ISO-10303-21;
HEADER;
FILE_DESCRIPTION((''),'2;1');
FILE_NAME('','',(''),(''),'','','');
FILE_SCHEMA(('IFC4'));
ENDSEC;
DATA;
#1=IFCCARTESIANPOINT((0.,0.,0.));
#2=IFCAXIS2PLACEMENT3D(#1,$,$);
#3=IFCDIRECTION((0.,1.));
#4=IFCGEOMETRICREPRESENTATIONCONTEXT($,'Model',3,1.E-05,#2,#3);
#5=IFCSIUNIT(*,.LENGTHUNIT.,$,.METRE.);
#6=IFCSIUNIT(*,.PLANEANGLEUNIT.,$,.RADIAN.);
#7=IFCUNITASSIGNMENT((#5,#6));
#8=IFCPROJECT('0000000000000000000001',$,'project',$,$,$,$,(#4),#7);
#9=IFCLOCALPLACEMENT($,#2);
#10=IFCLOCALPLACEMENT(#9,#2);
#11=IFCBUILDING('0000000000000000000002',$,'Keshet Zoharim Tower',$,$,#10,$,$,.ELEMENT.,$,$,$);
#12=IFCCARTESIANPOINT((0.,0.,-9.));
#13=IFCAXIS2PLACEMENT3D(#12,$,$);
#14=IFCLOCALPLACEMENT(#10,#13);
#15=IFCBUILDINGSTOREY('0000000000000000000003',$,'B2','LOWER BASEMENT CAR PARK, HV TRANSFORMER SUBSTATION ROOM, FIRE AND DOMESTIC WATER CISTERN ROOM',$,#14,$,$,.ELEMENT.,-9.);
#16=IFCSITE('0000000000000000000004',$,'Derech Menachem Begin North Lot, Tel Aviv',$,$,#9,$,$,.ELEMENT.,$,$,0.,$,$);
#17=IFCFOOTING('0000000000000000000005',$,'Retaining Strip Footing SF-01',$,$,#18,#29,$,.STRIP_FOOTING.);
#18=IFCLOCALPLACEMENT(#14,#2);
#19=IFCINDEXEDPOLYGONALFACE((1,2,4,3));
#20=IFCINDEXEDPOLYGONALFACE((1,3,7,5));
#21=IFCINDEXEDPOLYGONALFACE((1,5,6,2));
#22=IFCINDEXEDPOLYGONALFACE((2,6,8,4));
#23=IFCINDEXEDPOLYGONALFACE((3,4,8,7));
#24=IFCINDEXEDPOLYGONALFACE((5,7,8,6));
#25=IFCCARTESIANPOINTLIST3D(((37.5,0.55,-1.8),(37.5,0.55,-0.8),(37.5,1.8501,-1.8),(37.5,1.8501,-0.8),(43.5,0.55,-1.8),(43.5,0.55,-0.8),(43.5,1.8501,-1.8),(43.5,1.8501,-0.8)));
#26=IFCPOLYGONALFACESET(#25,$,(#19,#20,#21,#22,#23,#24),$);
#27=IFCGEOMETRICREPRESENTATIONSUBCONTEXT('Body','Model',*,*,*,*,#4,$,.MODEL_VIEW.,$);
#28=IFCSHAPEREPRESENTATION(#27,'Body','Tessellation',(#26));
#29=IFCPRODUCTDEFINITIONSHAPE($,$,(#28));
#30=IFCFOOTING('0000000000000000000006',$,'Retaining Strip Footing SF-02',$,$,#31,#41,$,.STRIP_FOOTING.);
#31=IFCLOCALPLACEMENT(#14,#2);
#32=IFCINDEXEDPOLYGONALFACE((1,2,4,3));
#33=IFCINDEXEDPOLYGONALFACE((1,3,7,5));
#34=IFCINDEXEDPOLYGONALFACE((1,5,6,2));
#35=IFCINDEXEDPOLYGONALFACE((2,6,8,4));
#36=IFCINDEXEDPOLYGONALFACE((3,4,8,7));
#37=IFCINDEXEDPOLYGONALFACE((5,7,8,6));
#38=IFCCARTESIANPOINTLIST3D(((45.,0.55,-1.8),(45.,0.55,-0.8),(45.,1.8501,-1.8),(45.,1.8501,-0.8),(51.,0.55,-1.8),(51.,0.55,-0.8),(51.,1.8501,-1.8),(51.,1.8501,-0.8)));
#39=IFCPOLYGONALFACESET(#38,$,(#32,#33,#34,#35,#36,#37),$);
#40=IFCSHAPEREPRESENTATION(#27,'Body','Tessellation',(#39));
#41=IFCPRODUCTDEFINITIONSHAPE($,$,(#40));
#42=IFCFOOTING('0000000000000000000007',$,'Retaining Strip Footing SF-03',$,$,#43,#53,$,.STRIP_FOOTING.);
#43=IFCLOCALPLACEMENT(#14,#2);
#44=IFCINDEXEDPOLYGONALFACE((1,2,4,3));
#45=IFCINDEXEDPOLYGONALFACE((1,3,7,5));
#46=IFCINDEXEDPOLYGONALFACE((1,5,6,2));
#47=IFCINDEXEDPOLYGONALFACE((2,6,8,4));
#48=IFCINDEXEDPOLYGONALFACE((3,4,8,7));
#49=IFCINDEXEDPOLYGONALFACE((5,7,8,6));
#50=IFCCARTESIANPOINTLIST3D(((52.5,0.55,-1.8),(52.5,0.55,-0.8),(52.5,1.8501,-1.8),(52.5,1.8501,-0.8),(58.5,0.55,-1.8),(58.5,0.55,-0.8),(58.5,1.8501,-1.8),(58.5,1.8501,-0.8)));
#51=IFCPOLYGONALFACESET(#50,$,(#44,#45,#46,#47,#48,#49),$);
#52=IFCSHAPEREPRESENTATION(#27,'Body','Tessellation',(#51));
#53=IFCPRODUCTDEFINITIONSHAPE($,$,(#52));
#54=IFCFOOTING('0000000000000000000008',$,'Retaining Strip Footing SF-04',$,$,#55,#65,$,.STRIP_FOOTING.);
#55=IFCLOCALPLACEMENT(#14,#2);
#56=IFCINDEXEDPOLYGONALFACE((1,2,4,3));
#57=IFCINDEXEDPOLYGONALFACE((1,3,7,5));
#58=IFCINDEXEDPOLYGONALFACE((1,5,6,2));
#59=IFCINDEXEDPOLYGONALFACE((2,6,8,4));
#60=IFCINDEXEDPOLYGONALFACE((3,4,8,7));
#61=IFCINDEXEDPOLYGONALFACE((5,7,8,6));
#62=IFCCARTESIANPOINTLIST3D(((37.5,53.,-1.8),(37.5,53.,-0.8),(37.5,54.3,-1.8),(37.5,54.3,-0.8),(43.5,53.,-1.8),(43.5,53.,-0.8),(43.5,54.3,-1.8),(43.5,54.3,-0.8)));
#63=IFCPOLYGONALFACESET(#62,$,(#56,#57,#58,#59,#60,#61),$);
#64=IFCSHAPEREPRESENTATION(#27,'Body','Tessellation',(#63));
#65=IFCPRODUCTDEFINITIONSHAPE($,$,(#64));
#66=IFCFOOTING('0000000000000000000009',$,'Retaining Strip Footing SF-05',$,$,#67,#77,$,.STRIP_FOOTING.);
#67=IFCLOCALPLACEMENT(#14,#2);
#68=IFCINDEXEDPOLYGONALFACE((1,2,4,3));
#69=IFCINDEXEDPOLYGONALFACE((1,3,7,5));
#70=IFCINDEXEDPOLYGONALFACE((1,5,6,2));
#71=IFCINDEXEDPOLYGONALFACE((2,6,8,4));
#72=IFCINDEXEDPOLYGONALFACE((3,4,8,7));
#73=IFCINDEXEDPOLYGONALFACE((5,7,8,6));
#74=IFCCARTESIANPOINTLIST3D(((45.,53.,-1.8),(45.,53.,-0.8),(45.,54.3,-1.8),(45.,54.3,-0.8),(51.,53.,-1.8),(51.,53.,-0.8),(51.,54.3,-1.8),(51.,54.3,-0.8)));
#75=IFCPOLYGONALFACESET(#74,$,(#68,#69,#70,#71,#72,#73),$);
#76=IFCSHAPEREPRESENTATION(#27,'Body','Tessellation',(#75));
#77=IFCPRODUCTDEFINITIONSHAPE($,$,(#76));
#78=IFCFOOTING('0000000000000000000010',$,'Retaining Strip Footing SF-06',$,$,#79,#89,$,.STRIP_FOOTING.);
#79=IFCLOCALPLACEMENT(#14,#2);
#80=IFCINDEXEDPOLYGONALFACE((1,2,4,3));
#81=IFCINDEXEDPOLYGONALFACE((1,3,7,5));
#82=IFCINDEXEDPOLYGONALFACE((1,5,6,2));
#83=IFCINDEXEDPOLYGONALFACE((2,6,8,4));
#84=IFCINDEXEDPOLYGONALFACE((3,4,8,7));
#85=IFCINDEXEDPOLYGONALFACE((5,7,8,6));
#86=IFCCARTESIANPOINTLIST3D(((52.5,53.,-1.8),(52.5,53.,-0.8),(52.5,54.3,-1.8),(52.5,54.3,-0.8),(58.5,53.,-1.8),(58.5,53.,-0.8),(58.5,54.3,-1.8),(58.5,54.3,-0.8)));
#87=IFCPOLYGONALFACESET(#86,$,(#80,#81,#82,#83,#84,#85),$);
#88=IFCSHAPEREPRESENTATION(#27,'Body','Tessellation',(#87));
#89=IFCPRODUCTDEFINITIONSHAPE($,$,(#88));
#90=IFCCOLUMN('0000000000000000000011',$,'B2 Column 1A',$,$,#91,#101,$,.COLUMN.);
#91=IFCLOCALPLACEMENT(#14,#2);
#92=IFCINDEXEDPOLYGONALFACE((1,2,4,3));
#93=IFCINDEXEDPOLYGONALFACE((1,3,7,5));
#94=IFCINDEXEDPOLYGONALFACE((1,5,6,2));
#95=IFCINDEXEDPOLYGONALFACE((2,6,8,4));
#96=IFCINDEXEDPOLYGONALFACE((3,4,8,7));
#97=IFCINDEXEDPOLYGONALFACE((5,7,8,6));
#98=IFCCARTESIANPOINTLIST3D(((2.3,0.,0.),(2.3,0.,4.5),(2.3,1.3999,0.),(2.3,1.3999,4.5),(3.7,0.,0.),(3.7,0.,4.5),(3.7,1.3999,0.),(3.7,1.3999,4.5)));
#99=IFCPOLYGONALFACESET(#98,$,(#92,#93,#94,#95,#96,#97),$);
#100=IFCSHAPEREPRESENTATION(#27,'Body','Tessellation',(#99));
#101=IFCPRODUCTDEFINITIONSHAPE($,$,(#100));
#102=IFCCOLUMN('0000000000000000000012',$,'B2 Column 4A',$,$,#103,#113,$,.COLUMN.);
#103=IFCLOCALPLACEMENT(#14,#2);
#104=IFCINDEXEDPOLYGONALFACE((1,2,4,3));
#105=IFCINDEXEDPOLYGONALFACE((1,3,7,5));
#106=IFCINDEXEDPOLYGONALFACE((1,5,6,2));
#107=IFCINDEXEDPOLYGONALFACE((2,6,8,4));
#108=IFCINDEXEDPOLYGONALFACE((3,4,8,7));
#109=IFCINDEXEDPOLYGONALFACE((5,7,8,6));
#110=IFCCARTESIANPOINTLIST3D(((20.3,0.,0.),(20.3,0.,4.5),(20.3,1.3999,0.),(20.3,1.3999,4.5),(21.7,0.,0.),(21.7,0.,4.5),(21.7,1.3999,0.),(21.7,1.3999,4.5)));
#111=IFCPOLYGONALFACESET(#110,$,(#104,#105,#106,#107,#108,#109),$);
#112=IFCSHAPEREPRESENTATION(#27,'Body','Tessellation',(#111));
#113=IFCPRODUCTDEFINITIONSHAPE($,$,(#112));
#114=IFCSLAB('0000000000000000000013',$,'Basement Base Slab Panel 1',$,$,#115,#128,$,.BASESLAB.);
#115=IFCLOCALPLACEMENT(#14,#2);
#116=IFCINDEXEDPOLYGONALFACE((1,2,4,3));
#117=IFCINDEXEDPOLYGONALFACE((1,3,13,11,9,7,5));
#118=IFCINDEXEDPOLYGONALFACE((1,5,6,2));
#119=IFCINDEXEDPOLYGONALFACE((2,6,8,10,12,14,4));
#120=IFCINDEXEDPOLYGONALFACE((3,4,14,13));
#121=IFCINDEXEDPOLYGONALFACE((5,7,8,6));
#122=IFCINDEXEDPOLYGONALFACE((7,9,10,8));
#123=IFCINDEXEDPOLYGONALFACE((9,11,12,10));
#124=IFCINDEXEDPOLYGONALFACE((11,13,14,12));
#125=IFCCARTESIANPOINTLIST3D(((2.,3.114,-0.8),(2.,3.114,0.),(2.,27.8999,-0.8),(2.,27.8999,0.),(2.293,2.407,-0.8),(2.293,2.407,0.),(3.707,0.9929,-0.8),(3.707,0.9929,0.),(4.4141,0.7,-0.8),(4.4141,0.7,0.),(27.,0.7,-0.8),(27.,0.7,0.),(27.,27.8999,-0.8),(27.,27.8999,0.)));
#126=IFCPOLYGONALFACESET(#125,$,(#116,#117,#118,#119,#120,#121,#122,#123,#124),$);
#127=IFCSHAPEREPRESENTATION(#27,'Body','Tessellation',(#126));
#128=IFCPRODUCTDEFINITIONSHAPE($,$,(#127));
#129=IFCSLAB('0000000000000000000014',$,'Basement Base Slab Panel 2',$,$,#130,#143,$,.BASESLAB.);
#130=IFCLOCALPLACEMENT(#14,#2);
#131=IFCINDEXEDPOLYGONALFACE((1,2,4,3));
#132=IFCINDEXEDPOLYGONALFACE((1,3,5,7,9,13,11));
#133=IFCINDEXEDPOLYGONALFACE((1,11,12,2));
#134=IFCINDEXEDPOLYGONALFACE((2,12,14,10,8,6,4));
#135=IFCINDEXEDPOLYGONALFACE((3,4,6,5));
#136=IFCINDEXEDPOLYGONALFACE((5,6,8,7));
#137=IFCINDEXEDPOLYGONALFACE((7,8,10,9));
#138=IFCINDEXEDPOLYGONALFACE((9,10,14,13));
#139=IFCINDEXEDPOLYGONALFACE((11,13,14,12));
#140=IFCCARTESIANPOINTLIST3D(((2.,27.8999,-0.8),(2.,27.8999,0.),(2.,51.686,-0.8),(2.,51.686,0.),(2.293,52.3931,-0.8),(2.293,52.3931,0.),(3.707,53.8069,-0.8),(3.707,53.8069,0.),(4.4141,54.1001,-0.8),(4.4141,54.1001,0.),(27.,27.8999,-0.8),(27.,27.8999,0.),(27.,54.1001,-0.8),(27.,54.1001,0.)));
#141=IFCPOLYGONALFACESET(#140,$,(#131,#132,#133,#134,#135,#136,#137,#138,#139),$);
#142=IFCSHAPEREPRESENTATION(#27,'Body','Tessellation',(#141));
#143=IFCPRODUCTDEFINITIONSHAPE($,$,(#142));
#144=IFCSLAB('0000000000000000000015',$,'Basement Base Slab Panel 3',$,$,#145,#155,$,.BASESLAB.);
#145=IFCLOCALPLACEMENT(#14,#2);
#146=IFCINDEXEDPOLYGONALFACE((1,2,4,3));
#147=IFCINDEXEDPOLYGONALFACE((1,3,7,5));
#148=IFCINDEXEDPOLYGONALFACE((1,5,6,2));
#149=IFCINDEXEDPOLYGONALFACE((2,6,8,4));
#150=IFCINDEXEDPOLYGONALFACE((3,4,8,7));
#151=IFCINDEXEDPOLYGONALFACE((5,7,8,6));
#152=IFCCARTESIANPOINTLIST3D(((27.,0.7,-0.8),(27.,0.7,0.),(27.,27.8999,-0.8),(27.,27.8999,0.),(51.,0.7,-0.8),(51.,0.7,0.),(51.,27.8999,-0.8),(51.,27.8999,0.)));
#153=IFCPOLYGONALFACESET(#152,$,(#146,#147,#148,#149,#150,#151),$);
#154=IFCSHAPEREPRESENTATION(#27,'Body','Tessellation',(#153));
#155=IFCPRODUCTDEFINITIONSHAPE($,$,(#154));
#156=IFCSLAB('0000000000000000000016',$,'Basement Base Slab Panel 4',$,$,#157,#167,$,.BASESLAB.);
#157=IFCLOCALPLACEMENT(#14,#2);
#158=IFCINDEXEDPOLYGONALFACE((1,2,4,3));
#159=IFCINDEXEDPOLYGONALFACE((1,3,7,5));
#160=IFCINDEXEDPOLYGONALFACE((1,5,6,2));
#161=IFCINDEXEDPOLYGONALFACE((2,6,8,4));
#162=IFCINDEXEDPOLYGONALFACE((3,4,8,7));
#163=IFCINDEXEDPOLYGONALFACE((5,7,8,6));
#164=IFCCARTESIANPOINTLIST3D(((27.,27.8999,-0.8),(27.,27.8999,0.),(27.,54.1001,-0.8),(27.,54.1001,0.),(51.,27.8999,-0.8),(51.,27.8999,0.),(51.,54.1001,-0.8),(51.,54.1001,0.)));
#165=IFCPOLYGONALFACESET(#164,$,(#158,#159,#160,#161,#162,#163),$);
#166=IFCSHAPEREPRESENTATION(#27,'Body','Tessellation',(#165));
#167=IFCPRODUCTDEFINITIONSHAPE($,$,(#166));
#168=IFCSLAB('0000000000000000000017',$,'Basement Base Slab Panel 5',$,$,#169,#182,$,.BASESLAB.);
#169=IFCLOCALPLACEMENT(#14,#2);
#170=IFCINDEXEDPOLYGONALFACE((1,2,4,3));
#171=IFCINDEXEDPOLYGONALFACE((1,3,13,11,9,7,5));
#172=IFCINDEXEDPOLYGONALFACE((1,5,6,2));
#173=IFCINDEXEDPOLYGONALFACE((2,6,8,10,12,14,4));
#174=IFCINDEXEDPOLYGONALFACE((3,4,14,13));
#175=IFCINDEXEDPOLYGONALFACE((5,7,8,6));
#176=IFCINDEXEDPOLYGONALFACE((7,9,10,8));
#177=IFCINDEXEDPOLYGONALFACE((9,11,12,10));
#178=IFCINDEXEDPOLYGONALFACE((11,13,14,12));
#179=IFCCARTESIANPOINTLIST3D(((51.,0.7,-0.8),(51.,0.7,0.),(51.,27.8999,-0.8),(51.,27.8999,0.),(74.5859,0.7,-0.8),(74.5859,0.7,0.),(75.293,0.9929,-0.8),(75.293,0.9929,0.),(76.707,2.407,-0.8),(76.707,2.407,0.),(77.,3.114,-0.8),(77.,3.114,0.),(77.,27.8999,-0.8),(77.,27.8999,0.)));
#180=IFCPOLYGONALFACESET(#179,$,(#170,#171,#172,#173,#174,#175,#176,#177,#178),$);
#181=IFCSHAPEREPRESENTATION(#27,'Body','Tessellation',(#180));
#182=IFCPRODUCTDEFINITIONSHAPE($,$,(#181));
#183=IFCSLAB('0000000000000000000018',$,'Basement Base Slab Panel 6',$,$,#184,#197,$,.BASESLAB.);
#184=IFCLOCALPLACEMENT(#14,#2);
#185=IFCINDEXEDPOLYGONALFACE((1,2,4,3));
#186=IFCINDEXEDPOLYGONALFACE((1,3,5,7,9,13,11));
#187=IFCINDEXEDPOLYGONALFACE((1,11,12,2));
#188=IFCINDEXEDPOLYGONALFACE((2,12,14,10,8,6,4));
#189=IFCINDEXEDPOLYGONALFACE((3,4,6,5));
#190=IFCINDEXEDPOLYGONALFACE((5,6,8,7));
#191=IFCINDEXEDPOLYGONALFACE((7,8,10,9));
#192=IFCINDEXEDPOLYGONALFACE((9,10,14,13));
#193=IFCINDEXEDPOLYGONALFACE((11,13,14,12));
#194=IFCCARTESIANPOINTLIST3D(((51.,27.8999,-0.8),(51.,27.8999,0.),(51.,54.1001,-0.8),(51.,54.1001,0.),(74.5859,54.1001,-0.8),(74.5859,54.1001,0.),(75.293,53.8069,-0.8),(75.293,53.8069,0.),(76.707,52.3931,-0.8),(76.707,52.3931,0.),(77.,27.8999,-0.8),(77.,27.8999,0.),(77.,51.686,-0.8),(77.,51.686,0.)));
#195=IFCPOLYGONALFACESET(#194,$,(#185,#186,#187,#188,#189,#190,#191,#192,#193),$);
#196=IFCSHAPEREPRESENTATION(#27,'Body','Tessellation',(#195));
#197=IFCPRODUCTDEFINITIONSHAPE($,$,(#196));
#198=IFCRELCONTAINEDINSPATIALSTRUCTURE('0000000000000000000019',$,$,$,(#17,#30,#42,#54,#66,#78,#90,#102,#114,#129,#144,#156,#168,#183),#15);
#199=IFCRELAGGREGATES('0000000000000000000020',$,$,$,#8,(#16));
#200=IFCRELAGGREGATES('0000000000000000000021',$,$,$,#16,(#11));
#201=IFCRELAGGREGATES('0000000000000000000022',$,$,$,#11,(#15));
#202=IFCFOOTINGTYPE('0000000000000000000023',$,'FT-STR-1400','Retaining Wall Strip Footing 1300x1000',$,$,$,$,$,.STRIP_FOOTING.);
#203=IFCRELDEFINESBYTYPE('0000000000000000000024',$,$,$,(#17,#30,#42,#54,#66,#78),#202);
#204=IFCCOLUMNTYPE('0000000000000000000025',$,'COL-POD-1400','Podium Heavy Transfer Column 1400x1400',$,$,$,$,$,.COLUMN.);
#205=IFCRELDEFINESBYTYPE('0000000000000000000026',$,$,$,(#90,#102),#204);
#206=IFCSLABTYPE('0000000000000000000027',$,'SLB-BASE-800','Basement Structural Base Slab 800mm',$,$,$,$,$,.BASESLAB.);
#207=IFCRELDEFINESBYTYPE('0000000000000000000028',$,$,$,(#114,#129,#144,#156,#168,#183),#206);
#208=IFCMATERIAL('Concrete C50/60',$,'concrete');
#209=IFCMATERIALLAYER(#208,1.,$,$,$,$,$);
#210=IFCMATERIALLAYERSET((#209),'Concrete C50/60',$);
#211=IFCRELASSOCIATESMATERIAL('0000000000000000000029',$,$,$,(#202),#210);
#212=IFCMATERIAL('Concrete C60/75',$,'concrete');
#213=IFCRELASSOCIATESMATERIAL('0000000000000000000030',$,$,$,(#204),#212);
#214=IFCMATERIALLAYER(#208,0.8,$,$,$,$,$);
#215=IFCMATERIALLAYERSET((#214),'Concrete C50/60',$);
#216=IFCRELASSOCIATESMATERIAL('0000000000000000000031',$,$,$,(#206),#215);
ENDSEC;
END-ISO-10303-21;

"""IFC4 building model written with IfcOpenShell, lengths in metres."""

from ifc_helpers import new_model, si_unit, direction, frame, origin, origin_2d, place, context, subcontext, project, spatial, polyline, rectangle, outline, extrude, material, layer, layer_set, material_profile, profile_set, type_object, element, save


model = new_model("IFC4")

# Units and contexts
model_context = context("Model", 3, precision=1e-05, world=origin(), true_north=direction((0.0, 1.0)))
body_context = subcontext(model_context, "Body", "Model", "MODEL_VIEW")
ifc_project = project(units=[si_unit("LENGTHUNIT", "METRE"), si_unit("PLANEANGLEUNIT", "RADIAN")], contexts=[model_context])

# Site, building, storey
site_placement = place(None, origin())
site = spatial("IfcSite", under=ifc_project, at=site_placement, Name="Derech Menachem Begin North Lot, Tel Aviv", CompositionType="ELEMENT", RefElevation=0.0)
building_placement = place(site_placement, origin())
building = spatial("IfcBuilding", under=site, at=building_placement, Name="Keshet Zoharim Tower", CompositionType="ELEMENT")
storey_placement = place(building_placement, frame((0.0, 0.0, -9.0)))
storey = spatial("IfcBuildingStorey", under=building, at=storey_placement, Name="B2", Description="LOWER BASEMENT CAR PARK, HV TRANSFORMER SUBSTATION ROOM, FIRE AND DOMESTIC WATER CISTERN ROOM", CompositionType="ELEMENT", Elevation=-9.0)

# Footings
ifc_material_1 = material(Name="Concrete C50/60", Category="concrete")
ifc_layer_1 = layer(ifc_material_1, 1.0)
ifc_layer_set_1 = layer_set([ifc_layer_1], Name="Concrete C50/60")
footing_type_1 = type_object("IfcFootingType", Name="FT-STR-1400", Description="Retaining Wall Strip Footing 1300x1000", PredefinedType="STRIP_FOOTING", material=ifc_layer_set_1)
footing_1_placement = place(storey_placement, frame((0.0, 0.0, -1.8)))
element("IfcFooting", 1, at=footing_1_placement, inside=storey, type_object=footing_type_1, Name="Retaining Strip Footing SF-01", PredefinedType="STRIP_FOOTING", context=body_context, shape_type="SweptSolid", body=[
    extrude(outline(polyline([(37.5, 0.55), (43.5, 0.55), (43.5, 1.8501), (37.5, 1.8501), (37.5, 0.55)])), origin(), (0.0, 0.0, 1.0), 1.0),
])
footing_2_placement = place(storey_placement, frame((0.0, 0.0, -1.8)))
element("IfcFooting", 2, at=footing_2_placement, inside=storey, type_object=footing_type_1, Name="Retaining Strip Footing SF-02", PredefinedType="STRIP_FOOTING", context=body_context, shape_type="SweptSolid", body=[
    extrude(outline(polyline([(45.0, 0.55), (51.0, 0.55), (51.0, 1.8501), (45.0, 1.8501), (45.0, 0.55)])), origin(), (0.0, 0.0, 1.0), 1.0),
])
footing_3_placement = place(storey_placement, frame((0.0, 0.0, -1.8)))
element("IfcFooting", 3, at=footing_3_placement, inside=storey, type_object=footing_type_1, Name="Retaining Strip Footing SF-03", PredefinedType="STRIP_FOOTING", context=body_context, shape_type="SweptSolid", body=[
    extrude(outline(polyline([(52.5, 0.55), (58.5, 0.55), (58.5, 1.8501), (52.5, 1.8501), (52.5, 0.55)])), origin(), (0.0, 0.0, 1.0), 1.0),
])
footing_4_placement = place(storey_placement, frame((0.0, 0.0, -1.8)))
element("IfcFooting", 4, at=footing_4_placement, inside=storey, type_object=footing_type_1, Name="Retaining Strip Footing SF-04", PredefinedType="STRIP_FOOTING", context=body_context, shape_type="SweptSolid", body=[
    extrude(outline(polyline([(37.5, 53.0), (43.5, 53.0), (43.5, 54.3), (37.5, 54.3), (37.5, 53.0)])), origin(), (0.0, 0.0, 1.0), 1.0),
])
footing_5_placement = place(storey_placement, frame((0.0, 0.0, -1.8)))
element("IfcFooting", 5, at=footing_5_placement, inside=storey, type_object=footing_type_1, Name="Retaining Strip Footing SF-05", PredefinedType="STRIP_FOOTING", context=body_context, shape_type="SweptSolid", body=[
    extrude(outline(polyline([(45.0, 53.0), (51.0, 53.0), (51.0, 54.3), (45.0, 54.3), (45.0, 53.0)])), origin(), (0.0, 0.0, 1.0), 1.0),
])
footing_6_placement = place(storey_placement, frame((0.0, 0.0, -1.8)))
element("IfcFooting", 6, at=footing_6_placement, inside=storey, type_object=footing_type_1, Name="Retaining Strip Footing SF-06", PredefinedType="STRIP_FOOTING", context=body_context, shape_type="SweptSolid", body=[
    extrude(outline(polyline([(52.5, 53.0), (58.5, 53.0), (58.5, 54.3), (52.5, 54.3), (52.5, 53.0)])), origin(), (0.0, 0.0, 1.0), 1.0),
])

# Columns
ifc_material_2 = material(Name="Concrete C60/75", Category="concrete")
ifc_material_profile = material_profile(ifc_material_2, rectangle(XDim=1.3999, YDim=1.3999, at=origin_2d()), Name="RC1400x1400")
ifc_profile_set = profile_set([ifc_material_profile], Name="Concrete C60/75")
column_type = type_object("IfcColumnType", Name="COL-POD-1400", Description="Podium Heavy Transfer Column 1400x1400", PredefinedType="COLUMN", material=ifc_profile_set)
for number, where, z_axis, x_axis, name in (
    (7, (3.0, 0.7, 0.0), (0.0, 0.0, 1.0), (1.0, 0.0, 0.0), "B2 Column 1A"),
    (8, (21.0, 0.7, 0.0), (0.0, 0.0, 1.0), (1.0, 0.0, 0.0), "B2 Column 4A"),
):
    element("IfcColumn", number, at=place(storey_placement, frame(where, z_axis=z_axis, x_axis=x_axis)), inside=storey, type_object=column_type, Name=name, PredefinedType="COLUMN", context=body_context, shape_type="SweptSolid", body=[
        extrude(rectangle(XDim=1.3999, YDim=1.3999, at=origin_2d()), origin(), (0.0, 0.0, 1.0), 4.5),
    ])

# Slabs
ifc_layer_2 = layer(ifc_material_1, 0.8)
ifc_layer_set_2 = layer_set([ifc_layer_2], Name="Concrete C50/60")
slab_type_1 = type_object("IfcSlabType", Name="SLB-BASE-800", Description="Basement Structural Base Slab 800mm", PredefinedType="BASESLAB", material=ifc_layer_set_2)
slab_1_placement = place(storey_placement, frame((0.0, 0.0, -0.8)))
element("IfcSlab", 9, at=slab_1_placement, inside=storey, type_object=slab_type_1, Name="Basement Base Slab Panel 1", PredefinedType="BASESLAB", context=body_context, shape_type="SweptSolid", body=[
    extrude(outline(polyline([(2.0, 3.114), (2.0, 27.8999), (27.0, 27.8999), (27.0, 0.7), (4.4141, 0.7), (3.707, 0.9929), (2.293, 2.407), (2.0, 3.114)])), origin(), (0.0, 0.0, 1.0), 0.8),
])
slab_2_placement = place(storey_placement, frame((0.0, 0.0, -0.8)))
element("IfcSlab", 10, at=slab_2_placement, inside=storey, type_object=slab_type_1, Name="Basement Base Slab Panel 2", PredefinedType="BASESLAB", context=body_context, shape_type="SweptSolid", body=[
    extrude(outline(polyline([(2.0, 51.686), (2.293, 52.3931), (3.707, 53.8069), (4.4141, 54.1001), (27.0, 54.1001), (27.0, 27.8999), (2.0, 27.8999), (2.0, 51.686)])), origin(), (0.0, 0.0, 1.0), 0.8),
])
slab_3_placement = place(storey_placement, frame((0.0, 0.0, -0.8)))
element("IfcSlab", 11, at=slab_3_placement, inside=storey, type_object=slab_type_1, Name="Basement Base Slab Panel 3", PredefinedType="BASESLAB", context=body_context, shape_type="SweptSolid", body=[
    extrude(outline(polyline([(27.0, 0.7), (27.0, 27.8999), (51.0, 27.8999), (51.0, 0.7), (27.0, 0.7)])), origin(), (0.0, 0.0, 1.0), 0.8),
])
slab_4_placement = place(storey_placement, frame((0.0, 0.0, -0.8)))
element("IfcSlab", 12, at=slab_4_placement, inside=storey, type_object=slab_type_1, Name="Basement Base Slab Panel 4", PredefinedType="BASESLAB", context=body_context, shape_type="SweptSolid", body=[
    extrude(outline(polyline([(51.0, 54.1001), (51.0, 27.8999), (27.0, 27.8999), (27.0, 54.1001), (51.0, 54.1001)])), origin(), (0.0, 0.0, 1.0), 0.8),
])
slab_5_placement = place(storey_placement, frame((0.0, 0.0, -0.8)))
element("IfcSlab", 13, at=slab_5_placement, inside=storey, type_object=slab_type_1, Name="Basement Base Slab Panel 5", PredefinedType="BASESLAB", context=body_context, shape_type="SweptSolid", body=[
    extrude(outline(polyline([(77.0, 3.114), (76.707, 2.407), (75.293, 0.9929), (74.5859, 0.7), (51.0, 0.7), (51.0, 27.8999), (77.0, 27.8999), (77.0, 3.114)])), origin(), (0.0, 0.0, 1.0), 0.8),
])
slab_6_placement = place(storey_placement, frame((0.0, 0.0, -0.8)))
element("IfcSlab", 14, at=slab_6_placement, inside=storey, type_object=slab_type_1, Name="Basement Base Slab Panel 6", PredefinedType="BASESLAB", context=body_context, shape_type="SweptSolid", body=[
    extrude(outline(polyline([(74.5859, 54.1001), (75.293, 53.8069), (76.707, 52.3931), (77.0, 51.686), (77.0, 27.8999), (51.0, 27.8999), (51.0, 54.1001), (74.5859, 54.1001)])), origin(), (0.0, 0.0, 1.0), 0.8),
])

save(model, "model.ifc")
